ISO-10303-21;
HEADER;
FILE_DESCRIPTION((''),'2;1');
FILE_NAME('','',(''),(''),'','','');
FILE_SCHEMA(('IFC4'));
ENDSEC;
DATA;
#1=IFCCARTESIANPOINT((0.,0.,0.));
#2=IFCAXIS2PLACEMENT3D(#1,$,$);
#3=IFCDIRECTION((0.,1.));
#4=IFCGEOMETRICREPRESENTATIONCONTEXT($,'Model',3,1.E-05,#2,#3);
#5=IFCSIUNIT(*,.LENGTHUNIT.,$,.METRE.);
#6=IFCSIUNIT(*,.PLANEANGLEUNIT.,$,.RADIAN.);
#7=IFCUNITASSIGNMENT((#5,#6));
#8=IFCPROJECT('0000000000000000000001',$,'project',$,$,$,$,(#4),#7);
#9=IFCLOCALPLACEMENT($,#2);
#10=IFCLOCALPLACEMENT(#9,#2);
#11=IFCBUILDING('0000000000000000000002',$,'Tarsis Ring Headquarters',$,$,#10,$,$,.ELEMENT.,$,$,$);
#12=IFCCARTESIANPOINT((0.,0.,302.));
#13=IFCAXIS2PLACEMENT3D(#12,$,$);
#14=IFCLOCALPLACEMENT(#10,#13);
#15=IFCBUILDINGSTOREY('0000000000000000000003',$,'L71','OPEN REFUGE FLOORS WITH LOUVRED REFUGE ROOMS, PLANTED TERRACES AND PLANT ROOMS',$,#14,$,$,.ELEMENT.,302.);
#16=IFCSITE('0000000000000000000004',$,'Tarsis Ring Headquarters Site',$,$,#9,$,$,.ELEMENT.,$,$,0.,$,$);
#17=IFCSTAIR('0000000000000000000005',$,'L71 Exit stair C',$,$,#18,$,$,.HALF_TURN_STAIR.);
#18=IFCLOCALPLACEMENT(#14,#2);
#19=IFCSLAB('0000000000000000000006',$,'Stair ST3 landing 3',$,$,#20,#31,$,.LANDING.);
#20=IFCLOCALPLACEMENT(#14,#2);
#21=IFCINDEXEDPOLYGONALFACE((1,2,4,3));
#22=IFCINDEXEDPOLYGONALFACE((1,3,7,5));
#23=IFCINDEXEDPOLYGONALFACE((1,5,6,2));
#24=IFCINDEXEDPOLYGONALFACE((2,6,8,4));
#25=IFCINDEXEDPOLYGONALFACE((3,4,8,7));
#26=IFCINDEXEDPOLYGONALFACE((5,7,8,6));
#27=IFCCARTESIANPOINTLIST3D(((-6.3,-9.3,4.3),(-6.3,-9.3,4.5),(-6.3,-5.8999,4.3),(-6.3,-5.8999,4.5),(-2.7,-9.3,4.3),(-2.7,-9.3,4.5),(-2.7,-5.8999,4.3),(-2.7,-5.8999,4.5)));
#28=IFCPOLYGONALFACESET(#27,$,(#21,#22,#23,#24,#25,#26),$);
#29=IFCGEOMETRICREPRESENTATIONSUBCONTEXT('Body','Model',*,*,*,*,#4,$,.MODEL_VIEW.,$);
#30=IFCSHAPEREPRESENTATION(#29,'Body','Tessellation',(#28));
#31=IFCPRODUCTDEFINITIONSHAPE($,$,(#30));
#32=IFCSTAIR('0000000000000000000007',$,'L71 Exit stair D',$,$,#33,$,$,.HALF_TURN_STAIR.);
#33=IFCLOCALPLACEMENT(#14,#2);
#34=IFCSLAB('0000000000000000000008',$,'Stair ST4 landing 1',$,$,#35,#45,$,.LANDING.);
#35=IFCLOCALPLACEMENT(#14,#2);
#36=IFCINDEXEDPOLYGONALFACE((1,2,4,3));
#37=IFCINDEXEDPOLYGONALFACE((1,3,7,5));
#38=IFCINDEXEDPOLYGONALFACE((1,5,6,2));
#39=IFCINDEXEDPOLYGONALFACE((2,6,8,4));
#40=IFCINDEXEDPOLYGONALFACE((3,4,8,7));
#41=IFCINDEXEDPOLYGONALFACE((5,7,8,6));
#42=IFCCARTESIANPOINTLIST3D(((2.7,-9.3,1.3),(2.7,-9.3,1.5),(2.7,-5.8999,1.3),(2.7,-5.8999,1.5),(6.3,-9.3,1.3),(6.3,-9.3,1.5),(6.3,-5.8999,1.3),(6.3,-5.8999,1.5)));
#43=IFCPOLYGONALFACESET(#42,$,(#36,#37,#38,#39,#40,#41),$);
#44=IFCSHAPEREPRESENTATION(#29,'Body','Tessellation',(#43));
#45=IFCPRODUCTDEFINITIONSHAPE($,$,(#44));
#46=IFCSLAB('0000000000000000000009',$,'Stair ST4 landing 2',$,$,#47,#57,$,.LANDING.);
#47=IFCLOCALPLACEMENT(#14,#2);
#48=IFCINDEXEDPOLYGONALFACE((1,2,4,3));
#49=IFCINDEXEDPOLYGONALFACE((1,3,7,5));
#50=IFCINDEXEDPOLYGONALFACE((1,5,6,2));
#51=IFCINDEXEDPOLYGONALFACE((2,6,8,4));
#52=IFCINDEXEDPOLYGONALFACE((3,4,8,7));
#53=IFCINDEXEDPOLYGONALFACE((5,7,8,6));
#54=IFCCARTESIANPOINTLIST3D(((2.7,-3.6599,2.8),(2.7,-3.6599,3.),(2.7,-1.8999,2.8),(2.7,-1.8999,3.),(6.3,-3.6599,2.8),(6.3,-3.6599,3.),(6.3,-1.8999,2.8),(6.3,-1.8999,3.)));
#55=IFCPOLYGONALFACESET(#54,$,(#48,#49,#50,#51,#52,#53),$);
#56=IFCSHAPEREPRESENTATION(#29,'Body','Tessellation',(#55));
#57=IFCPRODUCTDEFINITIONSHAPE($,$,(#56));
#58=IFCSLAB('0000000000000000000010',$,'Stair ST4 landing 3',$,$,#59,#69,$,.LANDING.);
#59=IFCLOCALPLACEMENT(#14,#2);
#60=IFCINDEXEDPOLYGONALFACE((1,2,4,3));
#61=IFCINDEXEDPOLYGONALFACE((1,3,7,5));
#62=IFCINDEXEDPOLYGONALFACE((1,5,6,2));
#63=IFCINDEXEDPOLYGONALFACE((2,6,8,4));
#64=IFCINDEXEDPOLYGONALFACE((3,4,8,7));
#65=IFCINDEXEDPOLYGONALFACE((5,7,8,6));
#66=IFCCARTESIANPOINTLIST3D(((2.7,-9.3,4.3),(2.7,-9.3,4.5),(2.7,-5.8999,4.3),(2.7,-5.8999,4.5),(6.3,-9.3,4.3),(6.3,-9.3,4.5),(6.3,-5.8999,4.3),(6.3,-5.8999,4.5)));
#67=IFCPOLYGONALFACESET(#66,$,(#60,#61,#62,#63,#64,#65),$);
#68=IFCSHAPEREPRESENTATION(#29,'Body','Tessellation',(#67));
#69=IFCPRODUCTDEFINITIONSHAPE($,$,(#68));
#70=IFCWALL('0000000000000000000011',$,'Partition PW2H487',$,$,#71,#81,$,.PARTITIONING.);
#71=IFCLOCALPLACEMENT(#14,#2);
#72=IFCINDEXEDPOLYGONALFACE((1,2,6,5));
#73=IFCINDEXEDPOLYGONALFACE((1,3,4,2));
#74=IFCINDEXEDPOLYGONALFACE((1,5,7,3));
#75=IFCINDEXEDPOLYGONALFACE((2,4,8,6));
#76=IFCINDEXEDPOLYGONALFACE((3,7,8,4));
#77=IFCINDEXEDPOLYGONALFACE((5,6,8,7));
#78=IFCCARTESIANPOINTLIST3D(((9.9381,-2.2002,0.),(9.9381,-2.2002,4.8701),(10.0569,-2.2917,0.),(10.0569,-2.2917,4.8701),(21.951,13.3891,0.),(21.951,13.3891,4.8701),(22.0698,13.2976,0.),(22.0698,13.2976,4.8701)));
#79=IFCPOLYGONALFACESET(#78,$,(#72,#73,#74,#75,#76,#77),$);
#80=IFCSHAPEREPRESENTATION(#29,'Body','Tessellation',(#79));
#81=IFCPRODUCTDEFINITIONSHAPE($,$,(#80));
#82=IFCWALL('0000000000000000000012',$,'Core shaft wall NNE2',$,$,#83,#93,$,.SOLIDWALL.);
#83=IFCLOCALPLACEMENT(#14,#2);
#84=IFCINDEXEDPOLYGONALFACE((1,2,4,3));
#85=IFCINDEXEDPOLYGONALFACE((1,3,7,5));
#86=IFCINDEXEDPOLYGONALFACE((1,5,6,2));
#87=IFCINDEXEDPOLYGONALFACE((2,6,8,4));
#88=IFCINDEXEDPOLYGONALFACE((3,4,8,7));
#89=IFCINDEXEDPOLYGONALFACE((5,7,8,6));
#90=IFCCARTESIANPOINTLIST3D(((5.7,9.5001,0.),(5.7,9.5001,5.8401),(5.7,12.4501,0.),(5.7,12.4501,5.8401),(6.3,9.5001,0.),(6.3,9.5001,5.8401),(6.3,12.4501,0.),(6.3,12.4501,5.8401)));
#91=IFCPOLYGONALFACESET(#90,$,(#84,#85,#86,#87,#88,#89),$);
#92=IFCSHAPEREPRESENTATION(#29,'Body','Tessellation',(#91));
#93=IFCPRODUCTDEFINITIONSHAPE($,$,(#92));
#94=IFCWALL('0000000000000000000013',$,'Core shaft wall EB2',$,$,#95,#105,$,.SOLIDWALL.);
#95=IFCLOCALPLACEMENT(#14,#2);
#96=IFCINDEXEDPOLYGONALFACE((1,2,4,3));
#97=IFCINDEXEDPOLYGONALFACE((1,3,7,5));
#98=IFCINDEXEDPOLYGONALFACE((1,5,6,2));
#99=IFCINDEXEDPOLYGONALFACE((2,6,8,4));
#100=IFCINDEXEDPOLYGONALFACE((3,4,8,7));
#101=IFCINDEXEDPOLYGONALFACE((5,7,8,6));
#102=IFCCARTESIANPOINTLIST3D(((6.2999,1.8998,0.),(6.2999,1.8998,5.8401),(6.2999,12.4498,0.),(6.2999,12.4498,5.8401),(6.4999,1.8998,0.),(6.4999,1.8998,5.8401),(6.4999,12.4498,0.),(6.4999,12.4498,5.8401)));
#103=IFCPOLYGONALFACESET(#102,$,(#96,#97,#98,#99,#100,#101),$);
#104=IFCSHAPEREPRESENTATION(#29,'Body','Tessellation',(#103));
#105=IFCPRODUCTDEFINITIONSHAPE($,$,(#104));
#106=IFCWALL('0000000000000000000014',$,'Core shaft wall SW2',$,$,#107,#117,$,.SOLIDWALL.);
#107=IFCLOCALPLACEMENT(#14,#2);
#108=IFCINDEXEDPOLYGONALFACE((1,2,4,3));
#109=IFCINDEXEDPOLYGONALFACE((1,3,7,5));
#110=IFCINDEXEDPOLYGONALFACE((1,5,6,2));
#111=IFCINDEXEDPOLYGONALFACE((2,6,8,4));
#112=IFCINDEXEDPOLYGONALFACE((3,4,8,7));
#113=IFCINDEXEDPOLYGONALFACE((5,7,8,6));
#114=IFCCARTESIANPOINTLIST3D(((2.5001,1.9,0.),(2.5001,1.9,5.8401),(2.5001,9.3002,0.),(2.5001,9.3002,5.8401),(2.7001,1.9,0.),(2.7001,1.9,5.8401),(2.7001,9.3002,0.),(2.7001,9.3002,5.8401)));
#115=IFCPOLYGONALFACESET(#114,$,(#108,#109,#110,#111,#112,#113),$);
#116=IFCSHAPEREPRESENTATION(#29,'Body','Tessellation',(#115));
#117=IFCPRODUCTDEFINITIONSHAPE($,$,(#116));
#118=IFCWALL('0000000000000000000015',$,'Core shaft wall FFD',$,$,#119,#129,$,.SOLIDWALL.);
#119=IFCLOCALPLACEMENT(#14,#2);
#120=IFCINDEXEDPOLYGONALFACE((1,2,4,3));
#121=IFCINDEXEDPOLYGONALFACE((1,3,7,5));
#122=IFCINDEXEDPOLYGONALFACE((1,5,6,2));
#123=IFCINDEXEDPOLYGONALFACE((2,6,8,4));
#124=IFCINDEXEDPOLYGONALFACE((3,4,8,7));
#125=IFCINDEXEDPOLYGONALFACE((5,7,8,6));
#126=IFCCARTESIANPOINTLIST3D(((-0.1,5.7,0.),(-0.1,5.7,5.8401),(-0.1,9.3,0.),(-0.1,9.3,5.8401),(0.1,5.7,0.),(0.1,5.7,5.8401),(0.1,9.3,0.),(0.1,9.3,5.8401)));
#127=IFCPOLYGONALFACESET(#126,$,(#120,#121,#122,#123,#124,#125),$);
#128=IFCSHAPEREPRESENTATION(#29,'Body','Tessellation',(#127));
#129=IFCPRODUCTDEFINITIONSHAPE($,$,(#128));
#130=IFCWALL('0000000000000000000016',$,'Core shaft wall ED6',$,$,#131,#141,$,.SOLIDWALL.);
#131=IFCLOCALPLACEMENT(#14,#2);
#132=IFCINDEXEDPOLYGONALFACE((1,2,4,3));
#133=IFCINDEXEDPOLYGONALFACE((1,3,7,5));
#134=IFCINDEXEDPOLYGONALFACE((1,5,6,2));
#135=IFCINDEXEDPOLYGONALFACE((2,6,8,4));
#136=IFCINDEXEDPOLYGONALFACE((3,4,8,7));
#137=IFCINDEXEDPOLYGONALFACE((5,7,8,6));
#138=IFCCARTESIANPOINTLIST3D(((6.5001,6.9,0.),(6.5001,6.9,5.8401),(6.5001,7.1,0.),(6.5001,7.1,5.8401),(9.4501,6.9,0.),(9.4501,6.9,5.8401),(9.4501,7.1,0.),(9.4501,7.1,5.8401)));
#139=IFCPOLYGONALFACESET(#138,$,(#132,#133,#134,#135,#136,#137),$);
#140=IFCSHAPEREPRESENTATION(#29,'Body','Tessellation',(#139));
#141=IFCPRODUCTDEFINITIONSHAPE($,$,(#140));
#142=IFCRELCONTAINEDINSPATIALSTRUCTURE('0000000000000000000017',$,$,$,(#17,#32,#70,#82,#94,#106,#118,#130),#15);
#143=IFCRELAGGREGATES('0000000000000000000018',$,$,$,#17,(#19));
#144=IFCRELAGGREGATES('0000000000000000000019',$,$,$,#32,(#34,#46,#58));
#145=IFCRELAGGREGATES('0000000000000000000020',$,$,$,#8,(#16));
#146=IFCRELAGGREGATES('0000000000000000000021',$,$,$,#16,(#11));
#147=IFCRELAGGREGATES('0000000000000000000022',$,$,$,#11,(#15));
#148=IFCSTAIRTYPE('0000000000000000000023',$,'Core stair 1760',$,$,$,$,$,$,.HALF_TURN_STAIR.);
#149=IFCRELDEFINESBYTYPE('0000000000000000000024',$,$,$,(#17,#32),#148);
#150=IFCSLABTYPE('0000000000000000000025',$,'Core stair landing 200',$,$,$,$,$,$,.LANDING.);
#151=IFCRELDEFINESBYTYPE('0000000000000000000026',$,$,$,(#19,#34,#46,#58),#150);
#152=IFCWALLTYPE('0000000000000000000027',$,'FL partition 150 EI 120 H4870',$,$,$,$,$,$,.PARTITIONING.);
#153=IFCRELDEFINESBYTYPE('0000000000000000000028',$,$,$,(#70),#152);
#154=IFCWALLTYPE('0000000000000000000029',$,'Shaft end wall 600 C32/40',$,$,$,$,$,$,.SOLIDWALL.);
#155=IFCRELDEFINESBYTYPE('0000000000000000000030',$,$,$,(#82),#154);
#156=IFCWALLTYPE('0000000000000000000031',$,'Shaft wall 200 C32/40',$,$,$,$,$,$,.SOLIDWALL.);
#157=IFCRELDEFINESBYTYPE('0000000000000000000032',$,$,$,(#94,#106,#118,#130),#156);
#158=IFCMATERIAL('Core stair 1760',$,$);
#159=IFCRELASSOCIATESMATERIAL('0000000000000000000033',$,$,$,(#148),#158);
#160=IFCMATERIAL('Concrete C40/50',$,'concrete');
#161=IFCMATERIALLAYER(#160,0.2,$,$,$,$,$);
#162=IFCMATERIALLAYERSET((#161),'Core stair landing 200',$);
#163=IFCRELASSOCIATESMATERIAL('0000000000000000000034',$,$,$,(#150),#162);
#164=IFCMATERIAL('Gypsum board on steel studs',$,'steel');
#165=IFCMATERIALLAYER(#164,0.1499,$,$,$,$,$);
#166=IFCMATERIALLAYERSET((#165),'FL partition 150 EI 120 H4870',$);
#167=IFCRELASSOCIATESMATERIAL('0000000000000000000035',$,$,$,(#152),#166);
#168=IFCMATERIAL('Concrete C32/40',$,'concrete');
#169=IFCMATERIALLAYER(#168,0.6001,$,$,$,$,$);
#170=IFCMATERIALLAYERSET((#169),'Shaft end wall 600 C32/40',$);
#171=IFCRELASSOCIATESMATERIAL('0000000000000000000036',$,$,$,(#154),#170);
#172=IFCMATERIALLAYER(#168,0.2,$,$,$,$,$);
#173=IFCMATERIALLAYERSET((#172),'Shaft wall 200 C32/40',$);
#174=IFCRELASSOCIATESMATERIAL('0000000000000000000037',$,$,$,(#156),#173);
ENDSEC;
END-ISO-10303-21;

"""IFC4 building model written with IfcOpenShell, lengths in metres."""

from ifc_helpers import new_model, si_unit, direction, frame, frame_2d, origin, place, context, subcontext, project, spatial, polyline, rectangle, outline, extrude, material, layer, layer_set, type_object, element, aggregate, save


model = new_model("IFC4")

# Units and contexts
model_context = context("Model", 3, precision=1e-05, world=origin(), true_north=direction((0.0, 1.0)))
body_context = subcontext(model_context, "Body", "Model", "MODEL_VIEW")
ifc_project = project(units=[si_unit("LENGTHUNIT", "METRE"), si_unit("PLANEANGLEUNIT", "RADIAN")], contexts=[model_context])

# Site, building, storey
site_placement = place(None, origin())
site = spatial("IfcSite", under=ifc_project, at=site_placement, Name="Tarsis Ring Headquarters Site", CompositionType="ELEMENT", RefElevation=0.0)
building_placement = place(site_placement, origin())
building = spatial("IfcBuilding", under=site, at=building_placement, Name="Tarsis Ring Headquarters", CompositionType="ELEMENT")
storey_placement = place(building_placement, frame((0.0, 0.0, 302.0)))
storey = spatial("IfcBuildingStorey", under=building, at=storey_placement, Name="L71", Description="OPEN REFUGE FLOORS WITH LOUVRED REFUGE ROOMS, PLANTED TERRACES AND PLANT ROOMS", CompositionType="ELEMENT", Elevation=302.0)

# Shared definitions
ifc_material_1 = material(Name="Concrete C40/50", Category="concrete")

# Stair, slab
ifc_material_2 = material(Name="Core stair 1760")
stair_type = type_object("IfcStairType", Name="Core stair 1760", PredefinedType="HALF_TURN_STAIR", material=ifc_material_2)
stair_1_placement = place(storey_placement, origin())
stair_1 = element("IfcStair", 1, at=stair_1_placement, inside=storey, type_object=stair_type, Name="L71 Exit stair C", PredefinedType="HALF_TURN_STAIR")
ifc_layer_1 = layer(ifc_material_1, 0.2)
ifc_layer_set_1 = layer_set([ifc_layer_1], Name="Core stair landing 200")
slab_type_1 = type_object("IfcSlabType", Name="Core stair landing 200", PredefinedType="LANDING", material=ifc_layer_set_1)
slab_1_placement = place(storey_placement, frame((0.0, 0.0, 4.3)))
slab_1 = element("IfcSlab", 2, at=slab_1_placement, type_object=slab_type_1, Name="Stair ST3 landing 3", PredefinedType="LANDING", context=body_context, shape_type="SweptSolid", body=[
    extrude(outline(polyline([(-6.3, -5.8999), (-6.3, -9.3), (-2.7, -9.3), (-2.7, -5.8999), (-6.3, -5.8999)])), origin(), (0.0, 0.0, 1.0), 0.2),
])
aggregate(stair_1, [slab_1])

# Stair, slabs
stair_2_placement = place(storey_placement, origin())
stair_2 = element("IfcStair", 3, at=stair_2_placement, inside=storey, type_object=stair_type, Name="L71 Exit stair D", PredefinedType="HALF_TURN_STAIR")
slab_2_placement = place(storey_placement, frame((0.0, 0.0, 1.3)))
slab_2 = element("IfcSlab", 4, at=slab_2_placement, type_object=slab_type_1, Name="Stair ST4 landing 1", PredefinedType="LANDING", context=body_context, shape_type="SweptSolid", body=[
    extrude(outline(polyline([(2.7, -5.8999), (2.7, -9.3), (6.3, -9.3), (6.3, -5.8999), (2.7, -5.8999)])), origin(), (0.0, 0.0, 1.0), 0.2),
])
slab_3_placement = place(storey_placement, frame((0.0, 0.0, 2.8)))
slab_3 = element("IfcSlab", 5, at=slab_3_placement, type_object=slab_type_1, Name="Stair ST4 landing 2", PredefinedType="LANDING", context=body_context, shape_type="SweptSolid", body=[
    extrude(outline(polyline([(2.7, -1.8999), (2.7, -3.6599), (6.3, -3.6599), (6.3, -1.8999), (2.7, -1.8999)])), origin(), (0.0, 0.0, 1.0), 0.2),
])
slab_4_placement = place(storey_placement, frame((0.0, 0.0, 4.3)))
slab_4 = element("IfcSlab", 6, at=slab_4_placement, type_object=slab_type_1, Name="Stair ST4 landing 3", PredefinedType="LANDING", context=body_context, shape_type="SweptSolid", body=[
    extrude(outline(polyline([(2.7, -5.8999), (2.7, -9.3), (6.3, -9.3), (6.3, -5.8999), (2.7, -5.8999)])), origin(), (0.0, 0.0, 1.0), 0.2),
])
aggregate(stair_2, [slab_2, slab_3, slab_4])

# Walls
ifc_material_3 = material(Name="Gypsum board on steel studs", Category="steel")
ifc_layer_2 = layer(ifc_material_3, 0.1499)
ifc_layer_set_2 = layer_set([ifc_layer_2], Name="FL partition 150 EI 120 H4870")
wall_type_1 = type_object("IfcWallType", Name="FL partition 150 EI 120 H4870", PredefinedType="PARTITIONING", material=ifc_layer_set_2)
wall_1_placement = place(storey_placement, frame((9.9976, -2.2458, 0.0), z_axis=(0.0, 0.0, 1.0), x_axis=(0.610385, 0.792105, 0.0)))
element("IfcWall", 7, at=wall_1_placement, inside=storey, type_object=wall_type_1, Name="Partition PW2H487", PredefinedType="PARTITIONING", context=body_context, shape_type="SweptSolid", body=[
    extrude(rectangle(XDim=19.6809, YDim=0.1499, at=frame_2d((9.8403, 0.0))), origin(), (0.0, 0.0, 1.0), 4.8701),
])
ifc_material_4 = material(Name="Concrete C32/40", Category="concrete")
ifc_layer_3 = layer(ifc_material_4, 0.6001)
ifc_layer_set_3 = layer_set([ifc_layer_3], Name="Shaft end wall 600 C32/40")
wall_type_2 = type_object("IfcWallType", Name="Shaft end wall 600 C32/40", PredefinedType="SOLIDWALL", material=ifc_layer_set_3)
wall_2_placement = place(storey_placement, frame((6.0, 9.5, 0.0), z_axis=(0.0, 0.0, 1.0), x_axis=(0.0, 1.0, 0.0)))
element("IfcWall", 8, at=wall_2_placement, inside=storey, type_object=wall_type_2, Name="Core shaft wall NNE2", PredefinedType="SOLIDWALL", context=body_context, shape_type="SweptSolid", body=[
    extrude(rectangle(XDim=2.95, YDim=0.6001, at=frame_2d((1.4751, 0.0))), origin(), (0.0, 0.0, 1.0), 5.8401),
])
ifc_layer_4 = layer(ifc_material_4, 0.2)
ifc_layer_set_4 = layer_set([ifc_layer_4], Name="Shaft wall 200 C32/40")
wall_type_3 = type_object("IfcWallType", Name="Shaft wall 200 C32/40", PredefinedType="SOLIDWALL", material=ifc_layer_set_4)
wall_3_placement = place(storey_placement, frame((6.3999, 1.8999, 0.0), z_axis=(0.0, 0.0, 1.0), x_axis=(0.0, 1.0, 0.0)))
element("IfcWall", 9, at=wall_3_placement, inside=storey, type_object=wall_type_3, Name="Core shaft wall EB2", PredefinedType="SOLIDWALL", context=body_context, shape_type="SweptSolid", body=[
    extrude(rectangle(XDim=10.55, YDim=0.2, at=frame_2d((5.2749, 0.0))), origin(), (0.0, 0.0, 1.0), 5.8401),
])
wall_4_placement = place(storey_placement, frame((2.6001, 1.8999, 0.0), z_axis=(0.0, 0.0, 1.0), x_axis=(0.0, 1.0, 0.0)))
element("IfcWall", 10, at=wall_4_placement, inside=storey, type_object=wall_type_3, Name="Core shaft wall SW2", PredefinedType="SOLIDWALL", context=body_context, shape_type="SweptSolid", body=[
    extrude(rectangle(XDim=7.4001, YDim=0.2, at=frame_2d((3.7002, 0.0))), origin(), (0.0, 0.0, 1.0), 5.8401),
])
wall_5_placement = place(storey_placement, frame((0.0, 5.7, 0.0), z_axis=(0.0, 0.0, 1.0), x_axis=(0.0, 1.0, 0.0)))
element("IfcWall", 11, at=wall_5_placement, inside=storey, type_object=wall_type_3, Name="Core shaft wall FFD", PredefinedType="SOLIDWALL", context=body_context, shape_type="SweptSolid", body=[
    extrude(rectangle(XDim=3.6001, YDim=0.2, at=frame_2d((1.8, 0.0))), origin(), (0.0, 0.0, 1.0), 5.8401),
])
wall_6_placement = place(storey_placement, frame((6.5, 7.0, 0.0), z_axis=(0.0, 0.0, 1.0), x_axis=(1.0, 0.0, 0.0)))
element("IfcWall", 12, at=wall_6_placement, inside=storey, type_object=wall_type_3, Name="Core shaft wall ED6", PredefinedType="SOLIDWALL", context=body_context, shape_type="SweptSolid", body=[
    extrude(rectangle(XDim=2.95, YDim=0.2, at=frame_2d((1.4751, 0.0))), origin(), (0.0, 0.0, 1.0), 5.8401),
])

save(model, "model.ifc")
